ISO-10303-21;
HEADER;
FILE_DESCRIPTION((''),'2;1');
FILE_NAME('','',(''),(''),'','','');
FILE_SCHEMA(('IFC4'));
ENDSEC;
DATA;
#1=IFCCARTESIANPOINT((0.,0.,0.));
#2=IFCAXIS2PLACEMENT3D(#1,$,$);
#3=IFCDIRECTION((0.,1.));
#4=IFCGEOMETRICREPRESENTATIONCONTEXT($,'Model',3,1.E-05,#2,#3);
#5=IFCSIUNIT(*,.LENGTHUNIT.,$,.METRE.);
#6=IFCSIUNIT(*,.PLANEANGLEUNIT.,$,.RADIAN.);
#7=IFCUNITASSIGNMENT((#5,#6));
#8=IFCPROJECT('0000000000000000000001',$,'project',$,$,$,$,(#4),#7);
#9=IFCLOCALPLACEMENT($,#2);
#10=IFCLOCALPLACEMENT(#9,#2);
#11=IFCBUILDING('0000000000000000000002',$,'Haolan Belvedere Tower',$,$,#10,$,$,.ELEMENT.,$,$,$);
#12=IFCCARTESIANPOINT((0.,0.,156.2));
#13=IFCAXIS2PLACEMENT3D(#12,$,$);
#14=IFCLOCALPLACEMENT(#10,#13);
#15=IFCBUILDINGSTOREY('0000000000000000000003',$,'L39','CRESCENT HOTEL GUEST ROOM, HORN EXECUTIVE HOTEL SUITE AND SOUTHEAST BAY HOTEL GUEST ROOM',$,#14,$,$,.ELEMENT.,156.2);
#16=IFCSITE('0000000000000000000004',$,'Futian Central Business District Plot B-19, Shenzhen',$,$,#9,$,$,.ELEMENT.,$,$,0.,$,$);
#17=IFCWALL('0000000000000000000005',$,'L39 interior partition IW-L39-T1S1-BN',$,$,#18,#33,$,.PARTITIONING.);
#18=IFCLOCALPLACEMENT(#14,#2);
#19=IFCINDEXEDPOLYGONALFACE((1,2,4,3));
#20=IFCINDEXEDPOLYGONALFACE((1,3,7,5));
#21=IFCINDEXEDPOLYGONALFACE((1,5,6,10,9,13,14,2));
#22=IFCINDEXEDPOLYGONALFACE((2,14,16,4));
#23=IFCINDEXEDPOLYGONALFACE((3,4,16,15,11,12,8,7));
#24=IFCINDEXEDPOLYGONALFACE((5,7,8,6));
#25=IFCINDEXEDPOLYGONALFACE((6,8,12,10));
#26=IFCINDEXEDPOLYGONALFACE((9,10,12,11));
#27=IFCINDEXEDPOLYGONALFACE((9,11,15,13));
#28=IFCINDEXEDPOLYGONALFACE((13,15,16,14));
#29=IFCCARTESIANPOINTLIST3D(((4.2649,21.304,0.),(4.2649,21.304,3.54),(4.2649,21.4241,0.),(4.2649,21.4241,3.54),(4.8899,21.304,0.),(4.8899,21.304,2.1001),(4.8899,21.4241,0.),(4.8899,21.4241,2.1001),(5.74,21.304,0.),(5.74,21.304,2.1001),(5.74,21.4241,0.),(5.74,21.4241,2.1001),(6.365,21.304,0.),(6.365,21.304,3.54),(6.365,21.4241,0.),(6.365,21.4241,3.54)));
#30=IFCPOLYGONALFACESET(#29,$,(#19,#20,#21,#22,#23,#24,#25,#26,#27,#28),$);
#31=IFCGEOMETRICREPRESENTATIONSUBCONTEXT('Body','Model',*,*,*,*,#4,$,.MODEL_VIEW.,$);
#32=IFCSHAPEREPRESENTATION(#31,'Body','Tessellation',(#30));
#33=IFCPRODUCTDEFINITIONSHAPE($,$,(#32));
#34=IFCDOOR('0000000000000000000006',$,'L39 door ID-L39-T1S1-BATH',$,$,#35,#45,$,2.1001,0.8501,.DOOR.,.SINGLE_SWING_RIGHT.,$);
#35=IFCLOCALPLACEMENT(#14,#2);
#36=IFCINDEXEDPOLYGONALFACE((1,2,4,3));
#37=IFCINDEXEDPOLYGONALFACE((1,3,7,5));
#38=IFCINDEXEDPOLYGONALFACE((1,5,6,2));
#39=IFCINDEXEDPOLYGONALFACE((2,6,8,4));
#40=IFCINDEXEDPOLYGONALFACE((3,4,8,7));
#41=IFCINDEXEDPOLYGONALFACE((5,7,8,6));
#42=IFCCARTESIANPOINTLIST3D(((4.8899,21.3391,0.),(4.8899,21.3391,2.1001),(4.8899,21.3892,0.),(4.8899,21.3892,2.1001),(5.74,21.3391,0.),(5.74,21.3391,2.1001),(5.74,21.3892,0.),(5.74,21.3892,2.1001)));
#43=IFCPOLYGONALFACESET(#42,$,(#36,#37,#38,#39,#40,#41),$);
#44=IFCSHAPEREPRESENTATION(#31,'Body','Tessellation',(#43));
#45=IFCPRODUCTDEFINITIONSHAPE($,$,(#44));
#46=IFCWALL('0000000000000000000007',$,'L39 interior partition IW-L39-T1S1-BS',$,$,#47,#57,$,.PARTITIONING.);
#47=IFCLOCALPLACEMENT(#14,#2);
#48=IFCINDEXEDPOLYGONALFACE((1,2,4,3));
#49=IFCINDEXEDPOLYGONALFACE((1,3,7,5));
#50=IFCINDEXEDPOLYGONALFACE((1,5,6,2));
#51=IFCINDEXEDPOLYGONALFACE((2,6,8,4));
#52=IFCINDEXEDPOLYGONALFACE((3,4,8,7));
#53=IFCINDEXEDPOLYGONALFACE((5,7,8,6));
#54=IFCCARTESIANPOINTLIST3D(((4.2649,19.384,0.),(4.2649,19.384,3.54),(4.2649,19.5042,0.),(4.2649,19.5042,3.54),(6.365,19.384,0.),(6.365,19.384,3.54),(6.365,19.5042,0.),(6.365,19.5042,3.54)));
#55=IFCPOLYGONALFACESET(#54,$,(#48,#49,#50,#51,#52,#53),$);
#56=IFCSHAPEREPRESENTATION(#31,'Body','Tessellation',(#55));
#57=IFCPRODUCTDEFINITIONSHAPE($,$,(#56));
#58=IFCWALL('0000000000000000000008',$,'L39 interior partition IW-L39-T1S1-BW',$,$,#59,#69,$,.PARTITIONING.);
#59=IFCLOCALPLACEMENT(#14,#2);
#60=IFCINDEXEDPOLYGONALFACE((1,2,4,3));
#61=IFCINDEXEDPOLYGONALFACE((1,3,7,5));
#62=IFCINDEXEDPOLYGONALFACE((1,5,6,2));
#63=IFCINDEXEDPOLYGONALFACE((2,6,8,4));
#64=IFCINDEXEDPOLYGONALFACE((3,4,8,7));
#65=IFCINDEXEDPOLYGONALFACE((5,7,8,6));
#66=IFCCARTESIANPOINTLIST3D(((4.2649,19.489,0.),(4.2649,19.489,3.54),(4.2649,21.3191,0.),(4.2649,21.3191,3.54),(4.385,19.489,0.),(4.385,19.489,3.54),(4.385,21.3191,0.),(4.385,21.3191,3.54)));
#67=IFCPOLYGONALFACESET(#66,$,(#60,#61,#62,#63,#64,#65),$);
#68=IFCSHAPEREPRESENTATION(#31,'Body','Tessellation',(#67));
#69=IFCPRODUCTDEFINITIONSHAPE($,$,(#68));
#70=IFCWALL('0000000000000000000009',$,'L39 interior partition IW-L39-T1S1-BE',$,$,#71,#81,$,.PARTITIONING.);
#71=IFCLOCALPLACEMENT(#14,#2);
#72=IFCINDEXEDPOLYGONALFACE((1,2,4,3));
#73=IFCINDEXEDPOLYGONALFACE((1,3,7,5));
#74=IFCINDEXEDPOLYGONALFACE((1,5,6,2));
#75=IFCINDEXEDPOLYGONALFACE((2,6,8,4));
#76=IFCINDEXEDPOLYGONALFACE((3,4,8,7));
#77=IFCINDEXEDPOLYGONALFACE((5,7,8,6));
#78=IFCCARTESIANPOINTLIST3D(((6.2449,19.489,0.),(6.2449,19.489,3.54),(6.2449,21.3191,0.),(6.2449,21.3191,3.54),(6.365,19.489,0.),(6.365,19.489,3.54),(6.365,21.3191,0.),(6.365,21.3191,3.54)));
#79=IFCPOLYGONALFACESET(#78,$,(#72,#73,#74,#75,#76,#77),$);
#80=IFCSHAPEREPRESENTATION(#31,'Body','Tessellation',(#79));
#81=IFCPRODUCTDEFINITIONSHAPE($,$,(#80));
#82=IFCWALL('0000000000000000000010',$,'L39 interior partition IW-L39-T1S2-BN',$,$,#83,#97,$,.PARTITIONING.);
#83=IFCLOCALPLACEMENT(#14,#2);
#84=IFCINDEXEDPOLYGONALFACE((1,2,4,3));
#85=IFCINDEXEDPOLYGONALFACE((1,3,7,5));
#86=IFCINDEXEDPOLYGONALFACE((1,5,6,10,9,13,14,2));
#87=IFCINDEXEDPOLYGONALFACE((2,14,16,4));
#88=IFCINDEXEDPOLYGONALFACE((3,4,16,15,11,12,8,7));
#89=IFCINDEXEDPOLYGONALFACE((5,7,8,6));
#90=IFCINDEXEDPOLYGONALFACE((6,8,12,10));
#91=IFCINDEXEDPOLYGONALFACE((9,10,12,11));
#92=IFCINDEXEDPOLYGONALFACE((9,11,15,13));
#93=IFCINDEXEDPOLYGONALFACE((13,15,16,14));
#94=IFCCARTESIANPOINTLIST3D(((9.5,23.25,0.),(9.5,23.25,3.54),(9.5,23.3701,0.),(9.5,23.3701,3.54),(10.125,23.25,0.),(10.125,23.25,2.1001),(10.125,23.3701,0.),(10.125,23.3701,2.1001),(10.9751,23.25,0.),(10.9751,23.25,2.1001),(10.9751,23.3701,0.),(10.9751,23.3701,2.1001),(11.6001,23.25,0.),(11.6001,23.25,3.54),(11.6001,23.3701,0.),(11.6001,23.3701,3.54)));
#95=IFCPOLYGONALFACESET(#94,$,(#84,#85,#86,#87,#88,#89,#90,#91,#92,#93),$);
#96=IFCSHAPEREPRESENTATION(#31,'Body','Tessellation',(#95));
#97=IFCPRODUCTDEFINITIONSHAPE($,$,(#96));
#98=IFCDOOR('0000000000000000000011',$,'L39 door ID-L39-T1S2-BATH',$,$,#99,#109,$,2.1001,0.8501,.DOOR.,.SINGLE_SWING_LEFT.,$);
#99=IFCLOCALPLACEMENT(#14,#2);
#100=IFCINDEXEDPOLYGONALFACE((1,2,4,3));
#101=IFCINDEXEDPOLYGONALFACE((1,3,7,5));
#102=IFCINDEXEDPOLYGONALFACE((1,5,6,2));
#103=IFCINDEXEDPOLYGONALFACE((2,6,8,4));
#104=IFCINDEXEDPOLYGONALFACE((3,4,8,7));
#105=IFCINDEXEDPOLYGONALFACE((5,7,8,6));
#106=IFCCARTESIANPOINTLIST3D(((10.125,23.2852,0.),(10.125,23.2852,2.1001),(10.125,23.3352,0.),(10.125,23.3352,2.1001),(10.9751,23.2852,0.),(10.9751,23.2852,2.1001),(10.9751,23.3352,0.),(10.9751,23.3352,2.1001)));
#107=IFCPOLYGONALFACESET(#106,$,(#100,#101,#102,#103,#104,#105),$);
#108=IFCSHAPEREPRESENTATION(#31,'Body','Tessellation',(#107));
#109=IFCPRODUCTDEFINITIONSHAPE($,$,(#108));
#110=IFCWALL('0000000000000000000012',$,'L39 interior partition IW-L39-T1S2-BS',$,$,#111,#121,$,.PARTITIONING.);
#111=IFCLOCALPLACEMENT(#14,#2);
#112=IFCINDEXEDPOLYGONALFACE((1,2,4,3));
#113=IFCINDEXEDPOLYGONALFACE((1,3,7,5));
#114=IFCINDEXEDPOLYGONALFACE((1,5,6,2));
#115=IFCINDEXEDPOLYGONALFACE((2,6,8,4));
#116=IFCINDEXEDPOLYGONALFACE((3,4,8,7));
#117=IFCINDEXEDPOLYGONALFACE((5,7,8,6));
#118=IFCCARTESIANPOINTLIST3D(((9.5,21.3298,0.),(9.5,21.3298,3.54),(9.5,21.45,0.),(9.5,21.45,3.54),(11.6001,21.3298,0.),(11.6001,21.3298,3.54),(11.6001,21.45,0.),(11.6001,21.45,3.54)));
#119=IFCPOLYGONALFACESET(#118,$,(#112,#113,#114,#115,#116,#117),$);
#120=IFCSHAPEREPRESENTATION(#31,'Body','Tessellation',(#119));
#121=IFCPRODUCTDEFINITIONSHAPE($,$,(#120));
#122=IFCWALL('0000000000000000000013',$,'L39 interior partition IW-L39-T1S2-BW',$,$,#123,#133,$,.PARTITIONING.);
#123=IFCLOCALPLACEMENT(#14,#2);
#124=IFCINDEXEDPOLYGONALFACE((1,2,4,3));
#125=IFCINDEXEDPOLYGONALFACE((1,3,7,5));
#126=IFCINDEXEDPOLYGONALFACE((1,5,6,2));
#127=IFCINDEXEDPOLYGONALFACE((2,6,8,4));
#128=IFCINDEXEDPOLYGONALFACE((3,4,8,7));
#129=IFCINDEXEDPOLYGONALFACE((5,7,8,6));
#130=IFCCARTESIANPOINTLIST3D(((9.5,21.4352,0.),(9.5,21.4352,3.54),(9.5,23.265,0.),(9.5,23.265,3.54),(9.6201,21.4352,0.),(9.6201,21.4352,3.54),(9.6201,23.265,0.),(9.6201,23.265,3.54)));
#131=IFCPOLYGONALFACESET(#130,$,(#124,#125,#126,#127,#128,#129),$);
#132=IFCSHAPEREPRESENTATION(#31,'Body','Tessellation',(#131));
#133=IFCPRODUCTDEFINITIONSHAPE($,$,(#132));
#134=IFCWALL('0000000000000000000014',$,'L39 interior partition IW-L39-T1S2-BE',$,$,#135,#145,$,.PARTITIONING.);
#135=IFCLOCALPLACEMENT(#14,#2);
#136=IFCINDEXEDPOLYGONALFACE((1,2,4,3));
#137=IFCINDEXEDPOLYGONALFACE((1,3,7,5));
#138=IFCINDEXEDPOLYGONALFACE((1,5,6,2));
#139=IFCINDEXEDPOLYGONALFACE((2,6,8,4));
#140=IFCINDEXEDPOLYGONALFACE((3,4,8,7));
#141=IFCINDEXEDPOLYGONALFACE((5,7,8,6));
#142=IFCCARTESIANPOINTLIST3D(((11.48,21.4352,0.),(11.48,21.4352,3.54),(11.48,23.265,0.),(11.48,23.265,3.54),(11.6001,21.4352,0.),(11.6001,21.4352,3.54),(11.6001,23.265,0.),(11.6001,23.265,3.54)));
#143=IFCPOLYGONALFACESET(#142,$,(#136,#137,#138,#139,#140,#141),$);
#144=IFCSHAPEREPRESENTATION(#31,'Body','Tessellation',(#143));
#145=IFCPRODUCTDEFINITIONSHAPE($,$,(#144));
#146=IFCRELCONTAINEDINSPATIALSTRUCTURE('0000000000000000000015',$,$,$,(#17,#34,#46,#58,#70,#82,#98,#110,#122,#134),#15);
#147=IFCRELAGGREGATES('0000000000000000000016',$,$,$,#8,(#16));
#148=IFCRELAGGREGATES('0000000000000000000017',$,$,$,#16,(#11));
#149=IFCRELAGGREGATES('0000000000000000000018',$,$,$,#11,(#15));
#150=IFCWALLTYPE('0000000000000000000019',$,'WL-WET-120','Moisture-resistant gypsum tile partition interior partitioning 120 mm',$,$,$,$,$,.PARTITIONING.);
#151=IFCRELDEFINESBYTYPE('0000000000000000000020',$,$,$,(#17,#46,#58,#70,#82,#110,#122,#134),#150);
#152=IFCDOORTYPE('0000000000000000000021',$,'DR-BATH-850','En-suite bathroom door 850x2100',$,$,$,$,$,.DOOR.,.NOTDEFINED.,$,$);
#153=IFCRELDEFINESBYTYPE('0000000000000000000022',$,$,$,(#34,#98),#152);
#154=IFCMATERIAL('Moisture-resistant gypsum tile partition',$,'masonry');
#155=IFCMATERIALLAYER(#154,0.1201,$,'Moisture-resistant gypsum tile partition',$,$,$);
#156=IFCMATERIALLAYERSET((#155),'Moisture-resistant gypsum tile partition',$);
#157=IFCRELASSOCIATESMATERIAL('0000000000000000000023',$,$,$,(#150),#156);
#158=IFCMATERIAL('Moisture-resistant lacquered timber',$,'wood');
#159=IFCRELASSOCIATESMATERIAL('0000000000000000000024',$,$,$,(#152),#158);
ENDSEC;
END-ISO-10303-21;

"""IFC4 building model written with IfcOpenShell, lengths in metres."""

from ifc_helpers import new_model, si_unit, direction, frame, frame_2d, origin, place, context, subcontext, project, spatial, rectangle, extrude, material, layer, layer_set, type_object, element, fill, save


model = new_model("IFC4")

# Units and contexts
model_context = context("Model", 3, precision=1e-05, world=origin(), true_north=direction((0.0, 1.0)))
body_context = subcontext(model_context, "Body", "Model", "MODEL_VIEW")
ifc_project = project(units=[si_unit("LENGTHUNIT", "METRE"), si_unit("PLANEANGLEUNIT", "RADIAN")], contexts=[model_context])

# Site, building, storey
site_placement = place(None, origin())
site = spatial("IfcSite", under=ifc_project, at=site_placement, Name="Futian Central Business District Plot B-19, Shenzhen", CompositionType="ELEMENT", RefElevation=0.0)
building_placement = place(site_placement, origin())
building = spatial("IfcBuilding", under=site, at=building_placement, Name="Haolan Belvedere Tower", CompositionType="ELEMENT")
storey_placement = place(building_placement, frame((0.0, 0.0, 156.2)))
storey = spatial("IfcBuildingStorey", under=building, at=storey_placement, Name="L39", Description="CRESCENT HOTEL GUEST ROOM, HORN EXECUTIVE HOTEL SUITE AND SOUTHEAST BAY HOTEL GUEST ROOM", CompositionType="ELEMENT", Elevation=156.2)

# Wall, opening, door
ifc_material_1 = material(Name="Moisture-resistant gypsum tile partition", Category="masonry")
ifc_layer_1 = layer(ifc_material_1, 0.1201, Name="Moisture-resistant gypsum tile partition")
ifc_layer_set_1 = layer_set([ifc_layer_1], Name="Moisture-resistant gypsum tile partition")
wall_type_1 = type_object("IfcWallType", Name="WL-WET-120", Description="Moisture-resistant gypsum tile partition interior partitioning 120 mm", PredefinedType="PARTITIONING", material=ifc_layer_set_1)
wall_1_placement = place(storey_placement, frame((4.2649, 21.364, 0.0), z_axis=(0.0, 0.0, 1.0), x_axis=(1.0, 0.0, 0.0)))
wall_1 = element("IfcWall", 1, at=wall_1_placement, inside=storey, type_object=wall_type_1, Name="L39 interior partition IW-L39-T1S1-BN", PredefinedType="PARTITIONING", context=body_context, shape_type="SweptSolid", body=[
    extrude(rectangle(XDim=2.1001, YDim=0.1201, at=frame_2d((1.05, 0.0))), origin(), (0.0, 0.0, 1.0), 3.54),
])
opening_1_placement = place(wall_1_placement, frame((1.4751, 0.0, 0.0), z_axis=(0.0, 0.0, 1.0), x_axis=(-1.0, 0.0, 0.0)))
opening_1 = element("IfcOpeningElement", 2, at=opening_1_placement, cuts=wall_1, PredefinedType="OPENING", context=body_context, shape_type="SweptSolid", body=[
    extrude(rectangle(XDim=0.8501, YDim=2.1001, at=frame_2d((0.425, 1.05))), frame((0.0, 0.0701, 0.0), z_axis=(0.0, -1.0, 0.0), x_axis=(1.0, 0.0, 0.0)), (0.0, 0.0, 1.0), 0.1401),
])
ifc_material_2 = material(Name="Moisture-resistant lacquered timber", Category="wood")
door_type_1 = type_object("IfcDoorType", Name="DR-BATH-850", Description="En-suite bathroom door 850x2100", OperationType="NOTDEFINED", PredefinedType="DOOR", material=ifc_material_2)
door_1_placement = place(opening_1_placement, origin())
door_1 = element("IfcDoor", 3, at=door_1_placement, inside=storey, type_object=door_type_1, Name="L39 door ID-L39-T1S1-BATH", OperationType="SINGLE_SWING_RIGHT", OverallHeight=2.1001, OverallWidth=0.8501, PredefinedType="DOOR", context=body_context, shape_type="SweptSolid", body=[
    extrude(rectangle(XDim=0.8501, YDim=2.1001, at=frame_2d((0.425, 1.05))), frame((0.0, 0.0249, 0.0), z_axis=(0.0, -1.0, 0.0), x_axis=(1.0, 0.0, 0.0)), (0.0, 0.0, 1.0), 0.05),
])
fill(opening_1, door_1)

# Walls
wall_2_placement = place(storey_placement, frame((4.2649, 19.4441, 0.0), z_axis=(0.0, 0.0, 1.0), x_axis=(1.0, 0.0, 0.0)))
element("IfcWall", 4, at=wall_2_placement, inside=storey, type_object=wall_type_1, Name="L39 interior partition IW-L39-T1S1-BS", PredefinedType="PARTITIONING", context=body_context, shape_type="SweptSolid", body=[
    extrude(rectangle(XDim=2.1001, YDim=0.1201, at=frame_2d((1.05, 0.0))), origin(), (0.0, 0.0, 1.0), 3.54),
])
for number, where, z_axis, x_axis, name in (
    (5, (4.325, 19.489, 0.0), (0.0, 0.0, 1.0), (0.0, 1.0, 0.0), "L39 interior partition IW-L39-T1S1-BW"),
    (6, (6.3049, 19.489, 0.0), (0.0, 0.0, 1.0), (0.0, 1.0, 0.0), "L39 interior partition IW-L39-T1S1-BE"),
):
    element("IfcWall", number, at=place(storey_placement, frame(where, z_axis=z_axis, x_axis=x_axis)), inside=storey, type_object=wall_type_1, Name=name, PredefinedType="PARTITIONING", context=body_context, shape_type="SweptSolid", body=[
        extrude(rectangle(XDim=1.8301, YDim=0.1201, at=frame_2d((0.915, 0.0))), origin(), (0.0, 0.0, 1.0), 3.54),
    ])

# Wall, opening, door
wall_3_placement = place(storey_placement, frame((9.5, 23.3101, 0.0), z_axis=(0.0, 0.0, 1.0), x_axis=(1.0, 0.0, 0.0)))
wall_3 = element("IfcWall", 7, at=wall_3_placement, inside=storey, type_object=wall_type_1, Name="L39 interior partition IW-L39-T1S2-BN", PredefinedType="PARTITIONING", context=body_context, shape_type="SweptSolid", body=[
    extrude(rectangle(XDim=2.1001, YDim=0.1201, at=frame_2d((1.05, 0.0))), origin(), (0.0, 0.0, 1.0), 3.54),
])
opening_2_placement = place(wall_3_placement, frame((1.4751, 0.0, 0.0), z_axis=(0.0, 0.0, 1.0), x_axis=(-1.0, 0.0, 0.0)))
opening_2 = element("IfcOpeningElement", 8, at=opening_2_placement, cuts=wall_3, PredefinedType="OPENING", context=body_context, shape_type="SweptSolid", body=[
    extrude(rectangle(XDim=0.8501, YDim=2.1001, at=frame_2d((0.425, 1.05))), frame((0.0, 0.0701, 0.0), z_axis=(0.0, -1.0, 0.0), x_axis=(1.0, 0.0, 0.0)), (0.0, 0.0, 1.0), 0.1401),
])
door_2_placement = place(opening_2_placement, origin())
door_2 = element("IfcDoor", 9, at=door_2_placement, inside=storey, type_object=door_type_1, Name="L39 door ID-L39-T1S2-BATH", OperationType="SINGLE_SWING_LEFT", OverallHeight=2.1001, OverallWidth=0.8501, PredefinedType="DOOR", context=body_context, shape_type="SweptSolid", body=[
    extrude(rectangle(XDim=0.8501, YDim=2.1001, at=frame_2d((0.425, 1.05))), frame((0.0, 0.0249, 0.0), z_axis=(0.0, -1.0, 0.0), x_axis=(1.0, 0.0, 0.0)), (0.0, 0.0, 1.0), 0.05),
])
fill(opening_2, door_2)

# Walls
wall_4_placement = place(storey_placement, frame((9.5, 21.3899, 0.0), z_axis=(0.0, 0.0, 1.0), x_axis=(1.0, 0.0, 0.0)))
element("IfcWall", 10, at=wall_4_placement, inside=storey, type_object=wall_type_1, Name="L39 interior partition IW-L39-T1S2-BS", PredefinedType="PARTITIONING", context=body_context, shape_type="SweptSolid", body=[
    extrude(rectangle(XDim=2.1001, YDim=0.1201, at=frame_2d((1.05, 0.0))), origin(), (0.0, 0.0, 1.0), 3.54),
])
for number, where, z_axis, x_axis, name in (
    (11, (9.5601, 21.4351, 0.0), (0.0, 0.0, 1.0), (0.0, 1.0, 0.0), "L39 interior partition IW-L39-T1S2-BW"),
    (12, (11.54, 21.4351, 0.0), (0.0, 0.0, 1.0), (0.0, 1.0, 0.0), "L39 interior partition IW-L39-T1S2-BE"),
):
    element("IfcWall", number, at=place(storey_placement, frame(where, z_axis=z_axis, x_axis=x_axis)), inside=storey, type_object=wall_type_1, Name=name, PredefinedType="PARTITIONING", context=body_context, shape_type="SweptSolid", body=[
        extrude(rectangle(XDim=1.8298, YDim=0.1201, at=frame_2d((0.915, 0.0))), origin(), (0.0, 0.0, 1.0), 3.54),
    ])

save(model, "model.ifc")
